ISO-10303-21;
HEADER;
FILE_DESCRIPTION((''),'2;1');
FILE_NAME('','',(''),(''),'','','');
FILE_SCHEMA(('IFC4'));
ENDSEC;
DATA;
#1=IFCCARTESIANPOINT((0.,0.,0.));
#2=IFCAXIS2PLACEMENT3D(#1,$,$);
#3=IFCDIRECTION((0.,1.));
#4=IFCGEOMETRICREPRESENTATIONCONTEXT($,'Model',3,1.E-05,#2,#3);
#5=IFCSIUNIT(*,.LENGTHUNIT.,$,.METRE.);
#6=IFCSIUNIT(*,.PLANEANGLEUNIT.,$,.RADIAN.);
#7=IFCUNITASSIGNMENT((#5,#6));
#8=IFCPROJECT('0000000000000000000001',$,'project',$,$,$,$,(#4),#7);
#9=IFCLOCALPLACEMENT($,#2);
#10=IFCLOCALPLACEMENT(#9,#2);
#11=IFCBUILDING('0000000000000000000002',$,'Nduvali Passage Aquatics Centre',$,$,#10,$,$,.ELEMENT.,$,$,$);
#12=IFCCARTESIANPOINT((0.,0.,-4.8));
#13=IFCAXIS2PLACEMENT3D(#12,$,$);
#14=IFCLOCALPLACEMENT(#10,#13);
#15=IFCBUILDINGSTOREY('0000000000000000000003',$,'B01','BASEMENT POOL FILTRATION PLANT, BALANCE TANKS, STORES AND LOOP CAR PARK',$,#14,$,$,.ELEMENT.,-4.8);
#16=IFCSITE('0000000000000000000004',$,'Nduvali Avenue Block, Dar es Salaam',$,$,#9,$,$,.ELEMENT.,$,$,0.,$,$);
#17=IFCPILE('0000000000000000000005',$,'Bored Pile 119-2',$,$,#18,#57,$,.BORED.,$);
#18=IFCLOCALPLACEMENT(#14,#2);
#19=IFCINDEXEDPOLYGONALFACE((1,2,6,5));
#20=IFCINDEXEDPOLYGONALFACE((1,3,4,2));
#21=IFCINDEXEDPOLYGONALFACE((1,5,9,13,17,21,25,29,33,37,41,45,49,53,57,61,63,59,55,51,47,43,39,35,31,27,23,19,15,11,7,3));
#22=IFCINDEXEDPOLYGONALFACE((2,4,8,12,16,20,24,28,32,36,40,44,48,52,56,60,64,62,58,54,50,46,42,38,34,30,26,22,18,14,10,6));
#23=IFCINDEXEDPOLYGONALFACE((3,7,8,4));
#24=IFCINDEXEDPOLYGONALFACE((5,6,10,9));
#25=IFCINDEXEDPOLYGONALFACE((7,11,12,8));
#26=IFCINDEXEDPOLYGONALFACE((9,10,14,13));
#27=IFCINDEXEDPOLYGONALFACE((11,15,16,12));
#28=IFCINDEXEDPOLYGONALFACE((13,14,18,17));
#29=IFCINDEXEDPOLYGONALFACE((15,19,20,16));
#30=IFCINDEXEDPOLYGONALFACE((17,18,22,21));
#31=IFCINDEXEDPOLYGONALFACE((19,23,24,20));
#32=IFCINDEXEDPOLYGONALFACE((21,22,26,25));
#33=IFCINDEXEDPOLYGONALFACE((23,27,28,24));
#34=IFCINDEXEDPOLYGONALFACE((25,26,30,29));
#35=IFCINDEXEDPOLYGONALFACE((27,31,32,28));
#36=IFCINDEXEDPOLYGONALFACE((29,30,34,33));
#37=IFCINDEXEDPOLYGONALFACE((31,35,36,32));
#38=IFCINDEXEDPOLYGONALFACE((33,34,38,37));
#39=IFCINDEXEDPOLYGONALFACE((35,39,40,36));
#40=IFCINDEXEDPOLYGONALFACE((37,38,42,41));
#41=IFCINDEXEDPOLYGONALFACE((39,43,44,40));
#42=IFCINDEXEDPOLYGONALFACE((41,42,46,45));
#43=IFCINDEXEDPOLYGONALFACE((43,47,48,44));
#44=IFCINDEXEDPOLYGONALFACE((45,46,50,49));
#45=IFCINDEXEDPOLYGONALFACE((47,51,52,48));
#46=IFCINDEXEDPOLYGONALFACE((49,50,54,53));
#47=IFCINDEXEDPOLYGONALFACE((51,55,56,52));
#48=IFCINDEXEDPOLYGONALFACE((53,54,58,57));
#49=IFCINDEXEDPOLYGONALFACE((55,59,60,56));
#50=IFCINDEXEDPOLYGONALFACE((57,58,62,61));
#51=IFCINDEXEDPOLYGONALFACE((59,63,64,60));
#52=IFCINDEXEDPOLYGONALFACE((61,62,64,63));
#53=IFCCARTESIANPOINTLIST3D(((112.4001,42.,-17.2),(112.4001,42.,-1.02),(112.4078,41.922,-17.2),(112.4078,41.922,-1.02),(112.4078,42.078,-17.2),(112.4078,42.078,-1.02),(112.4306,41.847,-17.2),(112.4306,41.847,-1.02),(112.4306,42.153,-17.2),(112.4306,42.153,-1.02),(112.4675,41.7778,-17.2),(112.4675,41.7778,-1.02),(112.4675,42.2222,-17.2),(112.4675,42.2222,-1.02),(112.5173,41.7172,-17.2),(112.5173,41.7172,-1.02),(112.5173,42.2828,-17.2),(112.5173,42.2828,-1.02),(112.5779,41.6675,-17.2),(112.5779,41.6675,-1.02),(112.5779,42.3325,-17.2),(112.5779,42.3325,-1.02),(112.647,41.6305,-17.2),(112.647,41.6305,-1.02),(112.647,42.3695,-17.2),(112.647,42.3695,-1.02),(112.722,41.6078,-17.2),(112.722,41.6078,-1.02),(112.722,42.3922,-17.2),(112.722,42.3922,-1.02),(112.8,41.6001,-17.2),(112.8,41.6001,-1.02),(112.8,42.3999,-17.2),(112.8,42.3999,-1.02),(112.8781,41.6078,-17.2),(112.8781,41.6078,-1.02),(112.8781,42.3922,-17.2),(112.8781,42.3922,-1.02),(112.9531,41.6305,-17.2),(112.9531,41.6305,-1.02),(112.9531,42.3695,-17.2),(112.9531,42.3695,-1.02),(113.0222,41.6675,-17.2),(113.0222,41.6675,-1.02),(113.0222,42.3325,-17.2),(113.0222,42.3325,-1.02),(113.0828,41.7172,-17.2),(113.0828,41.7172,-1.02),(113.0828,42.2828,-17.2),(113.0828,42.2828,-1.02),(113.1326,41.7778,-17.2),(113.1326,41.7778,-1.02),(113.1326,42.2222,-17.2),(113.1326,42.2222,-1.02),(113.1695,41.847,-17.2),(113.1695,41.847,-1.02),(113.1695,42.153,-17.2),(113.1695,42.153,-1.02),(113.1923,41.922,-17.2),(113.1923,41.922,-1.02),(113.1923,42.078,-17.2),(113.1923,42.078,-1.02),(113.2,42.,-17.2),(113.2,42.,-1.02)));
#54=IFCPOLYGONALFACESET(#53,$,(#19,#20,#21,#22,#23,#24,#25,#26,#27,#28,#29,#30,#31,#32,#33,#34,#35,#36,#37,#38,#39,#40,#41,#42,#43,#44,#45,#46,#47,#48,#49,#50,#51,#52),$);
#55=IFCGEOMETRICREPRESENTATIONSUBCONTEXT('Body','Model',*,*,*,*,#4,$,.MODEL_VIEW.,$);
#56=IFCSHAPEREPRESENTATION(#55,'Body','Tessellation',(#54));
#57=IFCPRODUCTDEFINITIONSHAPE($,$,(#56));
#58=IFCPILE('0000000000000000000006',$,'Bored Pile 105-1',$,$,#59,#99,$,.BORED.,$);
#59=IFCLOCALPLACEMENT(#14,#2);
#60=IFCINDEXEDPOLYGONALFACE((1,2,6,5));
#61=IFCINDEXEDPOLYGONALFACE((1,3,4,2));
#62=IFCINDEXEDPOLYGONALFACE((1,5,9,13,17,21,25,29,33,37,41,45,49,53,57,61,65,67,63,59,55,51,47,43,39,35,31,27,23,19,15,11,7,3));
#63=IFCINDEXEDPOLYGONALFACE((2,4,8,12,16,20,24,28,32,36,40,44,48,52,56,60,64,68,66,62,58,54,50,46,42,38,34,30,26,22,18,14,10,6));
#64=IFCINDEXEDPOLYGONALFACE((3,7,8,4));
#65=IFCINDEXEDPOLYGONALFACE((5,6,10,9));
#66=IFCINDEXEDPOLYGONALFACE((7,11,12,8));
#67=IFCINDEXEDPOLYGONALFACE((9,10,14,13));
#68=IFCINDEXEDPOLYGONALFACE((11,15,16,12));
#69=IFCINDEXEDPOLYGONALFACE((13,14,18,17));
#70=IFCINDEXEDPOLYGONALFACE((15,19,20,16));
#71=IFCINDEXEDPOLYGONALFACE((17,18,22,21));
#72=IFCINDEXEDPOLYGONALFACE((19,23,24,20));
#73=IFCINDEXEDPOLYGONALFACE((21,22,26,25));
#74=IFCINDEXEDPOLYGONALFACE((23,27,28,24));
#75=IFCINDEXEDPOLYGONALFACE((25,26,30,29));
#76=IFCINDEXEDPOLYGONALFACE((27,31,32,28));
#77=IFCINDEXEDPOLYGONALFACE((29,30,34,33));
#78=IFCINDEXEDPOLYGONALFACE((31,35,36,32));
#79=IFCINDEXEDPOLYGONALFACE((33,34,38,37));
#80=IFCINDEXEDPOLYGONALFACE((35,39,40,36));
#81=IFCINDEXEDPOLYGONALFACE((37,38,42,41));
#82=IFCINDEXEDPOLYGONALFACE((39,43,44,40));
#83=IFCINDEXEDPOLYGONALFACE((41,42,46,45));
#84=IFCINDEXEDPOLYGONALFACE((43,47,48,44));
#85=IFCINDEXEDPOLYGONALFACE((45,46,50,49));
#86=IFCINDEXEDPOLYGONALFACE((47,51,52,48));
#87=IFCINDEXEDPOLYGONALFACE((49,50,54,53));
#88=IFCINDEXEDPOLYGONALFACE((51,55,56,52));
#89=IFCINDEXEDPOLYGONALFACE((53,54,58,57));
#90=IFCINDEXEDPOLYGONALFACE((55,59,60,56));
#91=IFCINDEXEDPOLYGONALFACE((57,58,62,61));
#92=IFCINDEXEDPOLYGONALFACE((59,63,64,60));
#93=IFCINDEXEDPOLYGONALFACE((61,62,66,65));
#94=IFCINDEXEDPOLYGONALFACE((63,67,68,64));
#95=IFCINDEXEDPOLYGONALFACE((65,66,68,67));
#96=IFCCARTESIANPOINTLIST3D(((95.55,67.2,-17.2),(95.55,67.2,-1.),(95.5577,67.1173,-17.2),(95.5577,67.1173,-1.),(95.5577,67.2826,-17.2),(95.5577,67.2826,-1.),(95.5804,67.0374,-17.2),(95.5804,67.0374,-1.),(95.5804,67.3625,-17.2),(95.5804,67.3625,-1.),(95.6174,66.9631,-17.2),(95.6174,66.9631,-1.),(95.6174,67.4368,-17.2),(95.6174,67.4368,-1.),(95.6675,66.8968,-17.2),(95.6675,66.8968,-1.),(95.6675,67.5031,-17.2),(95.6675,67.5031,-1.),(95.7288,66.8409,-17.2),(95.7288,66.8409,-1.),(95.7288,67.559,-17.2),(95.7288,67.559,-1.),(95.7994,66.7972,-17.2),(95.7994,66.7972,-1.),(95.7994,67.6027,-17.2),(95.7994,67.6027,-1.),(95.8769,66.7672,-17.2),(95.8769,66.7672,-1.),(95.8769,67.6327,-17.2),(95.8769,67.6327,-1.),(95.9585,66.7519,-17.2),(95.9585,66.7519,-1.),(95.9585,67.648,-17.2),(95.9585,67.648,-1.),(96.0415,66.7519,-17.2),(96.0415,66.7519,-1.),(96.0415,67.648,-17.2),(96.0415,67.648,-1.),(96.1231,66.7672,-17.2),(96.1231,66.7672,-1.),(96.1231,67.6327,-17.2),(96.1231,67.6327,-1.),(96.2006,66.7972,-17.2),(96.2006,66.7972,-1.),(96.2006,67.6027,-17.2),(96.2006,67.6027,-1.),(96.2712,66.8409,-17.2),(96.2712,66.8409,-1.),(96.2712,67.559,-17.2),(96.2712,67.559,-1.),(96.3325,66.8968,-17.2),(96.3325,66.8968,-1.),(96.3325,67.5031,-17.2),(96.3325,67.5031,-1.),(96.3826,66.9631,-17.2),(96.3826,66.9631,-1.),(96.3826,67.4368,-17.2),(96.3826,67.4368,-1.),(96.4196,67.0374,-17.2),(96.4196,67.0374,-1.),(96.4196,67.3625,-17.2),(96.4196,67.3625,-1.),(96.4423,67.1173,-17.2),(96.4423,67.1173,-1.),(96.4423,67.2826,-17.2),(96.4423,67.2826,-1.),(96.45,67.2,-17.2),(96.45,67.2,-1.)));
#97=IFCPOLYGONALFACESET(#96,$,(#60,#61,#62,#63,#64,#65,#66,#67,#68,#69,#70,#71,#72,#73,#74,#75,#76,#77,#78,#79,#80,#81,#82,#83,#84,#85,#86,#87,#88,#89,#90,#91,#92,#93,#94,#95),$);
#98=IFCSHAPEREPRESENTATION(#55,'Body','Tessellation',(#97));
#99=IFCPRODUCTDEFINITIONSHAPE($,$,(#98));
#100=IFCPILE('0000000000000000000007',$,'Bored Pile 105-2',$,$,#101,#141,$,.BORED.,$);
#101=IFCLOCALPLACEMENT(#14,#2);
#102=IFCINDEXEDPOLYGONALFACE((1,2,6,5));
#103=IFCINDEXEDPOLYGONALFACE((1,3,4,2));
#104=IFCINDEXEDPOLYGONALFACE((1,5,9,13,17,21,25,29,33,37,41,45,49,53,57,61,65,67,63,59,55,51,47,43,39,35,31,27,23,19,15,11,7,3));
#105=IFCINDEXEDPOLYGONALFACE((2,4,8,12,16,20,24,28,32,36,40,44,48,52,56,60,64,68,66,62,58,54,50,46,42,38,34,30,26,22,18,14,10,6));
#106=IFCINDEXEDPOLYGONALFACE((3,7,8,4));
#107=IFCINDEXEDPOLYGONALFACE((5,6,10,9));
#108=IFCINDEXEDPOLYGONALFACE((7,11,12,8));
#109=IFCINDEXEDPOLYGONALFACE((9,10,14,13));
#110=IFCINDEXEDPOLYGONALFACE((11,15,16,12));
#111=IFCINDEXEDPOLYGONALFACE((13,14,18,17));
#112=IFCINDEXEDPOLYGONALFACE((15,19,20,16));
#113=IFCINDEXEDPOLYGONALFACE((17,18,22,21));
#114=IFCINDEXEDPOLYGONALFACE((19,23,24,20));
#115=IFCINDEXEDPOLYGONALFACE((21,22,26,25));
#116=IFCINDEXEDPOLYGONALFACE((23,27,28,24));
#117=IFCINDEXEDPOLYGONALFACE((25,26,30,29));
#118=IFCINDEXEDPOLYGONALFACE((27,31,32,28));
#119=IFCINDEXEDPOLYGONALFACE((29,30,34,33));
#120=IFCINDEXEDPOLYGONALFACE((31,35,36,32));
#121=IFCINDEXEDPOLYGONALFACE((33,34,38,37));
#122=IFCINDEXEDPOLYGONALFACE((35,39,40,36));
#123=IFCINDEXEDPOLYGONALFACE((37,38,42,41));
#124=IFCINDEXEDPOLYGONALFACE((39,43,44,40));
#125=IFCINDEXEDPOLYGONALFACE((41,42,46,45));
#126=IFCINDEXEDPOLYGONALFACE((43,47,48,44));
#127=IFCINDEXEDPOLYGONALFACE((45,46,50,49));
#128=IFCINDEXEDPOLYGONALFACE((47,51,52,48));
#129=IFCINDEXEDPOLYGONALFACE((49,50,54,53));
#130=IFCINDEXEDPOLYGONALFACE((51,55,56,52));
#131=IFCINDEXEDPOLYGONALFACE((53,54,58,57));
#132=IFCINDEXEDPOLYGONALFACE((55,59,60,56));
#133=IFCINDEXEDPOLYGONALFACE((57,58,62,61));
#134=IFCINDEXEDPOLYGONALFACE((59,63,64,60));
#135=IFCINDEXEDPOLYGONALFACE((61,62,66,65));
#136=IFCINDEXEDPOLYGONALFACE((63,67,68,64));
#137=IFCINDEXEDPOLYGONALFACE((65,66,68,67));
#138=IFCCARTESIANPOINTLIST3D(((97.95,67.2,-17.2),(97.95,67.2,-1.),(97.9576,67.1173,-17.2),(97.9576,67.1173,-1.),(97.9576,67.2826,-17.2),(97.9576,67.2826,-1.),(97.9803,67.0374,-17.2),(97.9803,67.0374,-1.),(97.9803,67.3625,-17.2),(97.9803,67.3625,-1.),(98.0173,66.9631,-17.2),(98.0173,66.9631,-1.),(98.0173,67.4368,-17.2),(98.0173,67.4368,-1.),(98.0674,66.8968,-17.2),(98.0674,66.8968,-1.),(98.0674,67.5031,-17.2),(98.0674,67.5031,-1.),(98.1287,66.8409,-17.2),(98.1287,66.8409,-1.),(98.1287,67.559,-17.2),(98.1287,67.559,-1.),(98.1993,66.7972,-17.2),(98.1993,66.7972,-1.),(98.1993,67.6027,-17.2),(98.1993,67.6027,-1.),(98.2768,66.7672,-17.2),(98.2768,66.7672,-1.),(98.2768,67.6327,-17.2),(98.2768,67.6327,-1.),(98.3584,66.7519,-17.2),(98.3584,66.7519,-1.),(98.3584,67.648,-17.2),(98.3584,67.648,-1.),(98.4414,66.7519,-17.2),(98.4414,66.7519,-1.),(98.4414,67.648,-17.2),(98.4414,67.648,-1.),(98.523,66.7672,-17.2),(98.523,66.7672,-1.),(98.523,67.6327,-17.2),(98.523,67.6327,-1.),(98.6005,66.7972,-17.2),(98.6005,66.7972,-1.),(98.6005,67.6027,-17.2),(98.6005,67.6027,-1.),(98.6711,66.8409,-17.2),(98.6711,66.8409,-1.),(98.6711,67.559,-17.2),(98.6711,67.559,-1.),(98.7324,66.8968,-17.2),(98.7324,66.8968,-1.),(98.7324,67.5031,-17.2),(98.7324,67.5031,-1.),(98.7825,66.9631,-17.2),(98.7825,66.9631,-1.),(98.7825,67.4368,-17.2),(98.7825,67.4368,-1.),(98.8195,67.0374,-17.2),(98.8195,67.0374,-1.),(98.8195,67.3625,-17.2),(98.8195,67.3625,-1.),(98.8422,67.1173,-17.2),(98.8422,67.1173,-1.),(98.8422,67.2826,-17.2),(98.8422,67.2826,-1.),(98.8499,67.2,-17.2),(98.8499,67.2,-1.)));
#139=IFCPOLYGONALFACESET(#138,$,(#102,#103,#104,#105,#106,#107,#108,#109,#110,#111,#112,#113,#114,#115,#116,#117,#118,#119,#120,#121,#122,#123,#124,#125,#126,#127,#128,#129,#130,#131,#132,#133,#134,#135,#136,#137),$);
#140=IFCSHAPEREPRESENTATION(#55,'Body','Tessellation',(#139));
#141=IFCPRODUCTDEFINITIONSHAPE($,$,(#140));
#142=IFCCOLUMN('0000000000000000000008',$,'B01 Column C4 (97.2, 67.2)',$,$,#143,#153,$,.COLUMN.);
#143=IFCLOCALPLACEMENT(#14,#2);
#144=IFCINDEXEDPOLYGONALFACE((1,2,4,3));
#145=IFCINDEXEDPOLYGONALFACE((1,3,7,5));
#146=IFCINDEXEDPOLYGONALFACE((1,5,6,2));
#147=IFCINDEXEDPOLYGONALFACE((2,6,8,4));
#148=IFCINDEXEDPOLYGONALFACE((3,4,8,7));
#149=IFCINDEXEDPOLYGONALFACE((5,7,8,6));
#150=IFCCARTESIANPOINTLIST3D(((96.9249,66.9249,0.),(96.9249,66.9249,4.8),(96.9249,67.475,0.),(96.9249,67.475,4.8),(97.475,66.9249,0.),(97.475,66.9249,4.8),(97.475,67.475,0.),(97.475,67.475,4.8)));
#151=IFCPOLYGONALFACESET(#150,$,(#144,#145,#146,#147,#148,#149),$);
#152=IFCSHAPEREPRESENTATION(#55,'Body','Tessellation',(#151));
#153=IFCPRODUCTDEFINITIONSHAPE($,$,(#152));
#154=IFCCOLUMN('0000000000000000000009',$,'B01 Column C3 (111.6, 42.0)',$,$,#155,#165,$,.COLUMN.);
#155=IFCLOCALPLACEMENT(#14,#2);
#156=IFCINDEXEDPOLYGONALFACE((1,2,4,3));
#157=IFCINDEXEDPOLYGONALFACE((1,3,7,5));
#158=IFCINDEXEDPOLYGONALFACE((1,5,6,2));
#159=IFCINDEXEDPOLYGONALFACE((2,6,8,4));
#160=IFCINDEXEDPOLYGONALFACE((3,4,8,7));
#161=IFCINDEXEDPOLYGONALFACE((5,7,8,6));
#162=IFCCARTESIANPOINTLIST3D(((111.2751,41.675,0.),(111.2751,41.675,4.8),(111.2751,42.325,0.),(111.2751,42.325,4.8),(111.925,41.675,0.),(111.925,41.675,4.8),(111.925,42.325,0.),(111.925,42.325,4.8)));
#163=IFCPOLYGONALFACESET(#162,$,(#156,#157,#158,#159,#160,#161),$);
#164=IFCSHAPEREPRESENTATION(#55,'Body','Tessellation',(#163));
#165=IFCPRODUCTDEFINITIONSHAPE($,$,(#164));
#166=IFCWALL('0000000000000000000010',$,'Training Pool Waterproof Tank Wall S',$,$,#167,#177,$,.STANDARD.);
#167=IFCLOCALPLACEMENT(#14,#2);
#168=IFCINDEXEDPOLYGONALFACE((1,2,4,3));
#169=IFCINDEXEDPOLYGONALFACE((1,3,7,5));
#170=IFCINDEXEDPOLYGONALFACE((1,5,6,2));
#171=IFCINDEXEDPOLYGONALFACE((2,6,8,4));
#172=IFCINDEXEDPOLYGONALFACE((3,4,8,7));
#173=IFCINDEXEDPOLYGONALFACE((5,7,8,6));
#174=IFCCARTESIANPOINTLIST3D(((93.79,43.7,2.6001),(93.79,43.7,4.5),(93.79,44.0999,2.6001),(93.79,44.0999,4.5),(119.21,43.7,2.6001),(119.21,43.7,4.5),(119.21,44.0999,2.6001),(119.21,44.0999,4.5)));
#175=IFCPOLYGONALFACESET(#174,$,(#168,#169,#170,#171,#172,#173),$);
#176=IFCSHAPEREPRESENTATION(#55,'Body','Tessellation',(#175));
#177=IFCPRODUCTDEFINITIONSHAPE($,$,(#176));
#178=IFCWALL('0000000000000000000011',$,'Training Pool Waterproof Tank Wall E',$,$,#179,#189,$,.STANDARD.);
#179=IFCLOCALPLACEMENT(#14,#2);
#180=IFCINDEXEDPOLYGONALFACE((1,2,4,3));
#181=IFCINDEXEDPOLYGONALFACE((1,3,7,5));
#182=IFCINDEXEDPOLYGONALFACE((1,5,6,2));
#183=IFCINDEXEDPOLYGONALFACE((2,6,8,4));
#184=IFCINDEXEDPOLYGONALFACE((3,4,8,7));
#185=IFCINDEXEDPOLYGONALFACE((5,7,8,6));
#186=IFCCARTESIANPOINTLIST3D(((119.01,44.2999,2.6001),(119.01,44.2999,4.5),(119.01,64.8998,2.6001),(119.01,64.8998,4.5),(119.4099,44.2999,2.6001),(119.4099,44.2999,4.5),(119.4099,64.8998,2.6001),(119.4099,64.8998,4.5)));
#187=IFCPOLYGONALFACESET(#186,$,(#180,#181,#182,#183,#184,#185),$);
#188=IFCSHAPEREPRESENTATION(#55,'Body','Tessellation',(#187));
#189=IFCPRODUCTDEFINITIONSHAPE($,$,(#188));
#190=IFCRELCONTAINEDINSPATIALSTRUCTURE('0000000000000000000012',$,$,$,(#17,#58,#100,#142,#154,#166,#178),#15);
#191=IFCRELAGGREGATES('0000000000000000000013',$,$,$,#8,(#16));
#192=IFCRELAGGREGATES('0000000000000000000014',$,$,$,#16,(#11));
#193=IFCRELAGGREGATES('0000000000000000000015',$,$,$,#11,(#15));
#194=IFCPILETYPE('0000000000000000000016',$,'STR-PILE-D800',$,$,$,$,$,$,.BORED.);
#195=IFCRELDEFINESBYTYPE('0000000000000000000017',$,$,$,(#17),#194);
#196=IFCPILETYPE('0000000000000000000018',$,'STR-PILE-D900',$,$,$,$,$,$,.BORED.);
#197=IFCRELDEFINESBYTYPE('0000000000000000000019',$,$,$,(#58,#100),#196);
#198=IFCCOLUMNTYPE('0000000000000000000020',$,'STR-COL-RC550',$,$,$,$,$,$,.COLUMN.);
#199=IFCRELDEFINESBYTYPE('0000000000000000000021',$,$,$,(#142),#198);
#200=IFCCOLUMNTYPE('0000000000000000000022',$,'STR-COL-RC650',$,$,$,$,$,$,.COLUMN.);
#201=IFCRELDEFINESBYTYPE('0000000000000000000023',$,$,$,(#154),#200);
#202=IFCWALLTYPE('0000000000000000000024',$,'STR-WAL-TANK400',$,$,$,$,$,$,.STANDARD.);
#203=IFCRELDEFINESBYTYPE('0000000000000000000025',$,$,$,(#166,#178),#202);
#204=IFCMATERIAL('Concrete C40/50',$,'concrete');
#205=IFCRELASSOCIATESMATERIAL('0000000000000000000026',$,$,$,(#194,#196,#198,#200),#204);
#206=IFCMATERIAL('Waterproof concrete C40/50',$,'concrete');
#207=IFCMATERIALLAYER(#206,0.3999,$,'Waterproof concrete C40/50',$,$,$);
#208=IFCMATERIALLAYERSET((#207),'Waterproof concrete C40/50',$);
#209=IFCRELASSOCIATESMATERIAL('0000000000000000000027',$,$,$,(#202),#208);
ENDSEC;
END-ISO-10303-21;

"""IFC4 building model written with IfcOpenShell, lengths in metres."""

from ifc_helpers import new_model, si_unit, direction, frame, frame_2d, origin, origin_2d, place, context, subcontext, project, spatial, rectangle, circle, extrude, material, layer, layer_set, material_profile, profile_set, type_object, element, save


model = new_model("IFC4")

# Units and contexts
model_context = context("Model", 3, precision=1e-05, world=origin(), true_north=direction((0.0, 1.0)))
body_context = subcontext(model_context, "Body", "Model", "MODEL_VIEW")
ifc_project = project(units=[si_unit("LENGTHUNIT", "METRE"), si_unit("PLANEANGLEUNIT", "RADIAN")], contexts=[model_context])

# Site, building, storey
site_placement = place(None, origin())
site = spatial("IfcSite", under=ifc_project, at=site_placement, Name="Nduvali Avenue Block, Dar es Salaam", CompositionType="ELEMENT", RefElevation=0.0)
building_placement = place(site_placement, origin())
building = spatial("IfcBuilding", under=site, at=building_placement, Name="Nduvali Passage Aquatics Centre", CompositionType="ELEMENT")
storey_placement = place(building_placement, frame((0.0, 0.0, -4.8)))
storey = spatial("IfcBuildingStorey", under=building, at=storey_placement, Name="B01", Description="BASEMENT POOL FILTRATION PLANT, BALANCE TANKS, STORES AND LOOP CAR PARK", CompositionType="ELEMENT", Elevation=-4.8)

# Shared definitions
ifc_material_1 = material(Name="Concrete C40/50", Category="concrete")

# Piles
ifc_material_profile_1 = material_profile(ifc_material_1, circle(Radius=0.3999, at=origin_2d()), Name="PILE D800")
ifc_profile_set_1 = profile_set([ifc_material_profile_1], Name="Concrete C40/50")
pile_type_1 = type_object("IfcPileType", Name="STR-PILE-D800", PredefinedType="BORED", material=ifc_profile_set_1)
for number, where, z_axis, x_axis, name in (
    (1, (112.8, 42.0, -1.02), (0.0, 0.0, -1.0), (1.0, 0.0, 0.0), "Bored Pile 119-2"),
):
    element("IfcPile", number, at=place(storey_placement, frame(where, z_axis=z_axis, x_axis=x_axis)), inside=storey, type_object=pile_type_1, Name=name, PredefinedType="BORED", context=body_context, shape_type="SweptSolid", body=[
        extrude(circle(Radius=0.3999, at=origin_2d()), origin(), (0.0, 0.0, 1.0), 16.1799),
    ])
ifc_material_profile_2 = material_profile(ifc_material_1, circle(Radius=0.45, at=origin_2d()), Name="PILE D900")
ifc_profile_set_2 = profile_set([ifc_material_profile_2], Name="Concrete C40/50")
pile_type_2 = type_object("IfcPileType", Name="STR-PILE-D900", PredefinedType="BORED", material=ifc_profile_set_2)
for number, where, z_axis, x_axis, name in (
    (2, (96.0, 67.2, -1.0), (0.0, 0.0, -1.0), (1.0, 0.0, 0.0), "Bored Pile 105-1"),
    (3, (98.3999, 67.2, -1.0), (0.0, 0.0, -1.0), (1.0, 0.0, 0.0), "Bored Pile 105-2"),
):
    element("IfcPile", number, at=place(storey_placement, frame(where, z_axis=z_axis, x_axis=x_axis)), inside=storey, type_object=pile_type_2, Name=name, PredefinedType="BORED", context=body_context, shape_type="SweptSolid", body=[
        extrude(circle(Radius=0.45, at=origin_2d()), origin(), (0.0, 0.0, 1.0), 16.2),
    ])

# Columns
ifc_material_profile_3 = material_profile(ifc_material_1, rectangle(XDim=0.55, YDim=0.55, at=origin_2d()), Name="RC 550x550")
ifc_profile_set_3 = profile_set([ifc_material_profile_3], Name="Concrete C40/50")
column_type_1 = type_object("IfcColumnType", Name="STR-COL-RC550", PredefinedType="COLUMN", material=ifc_profile_set_3)
column_1_placement = place(storey_placement, frame((97.2, 67.2, 0.0), z_axis=(0.0, 0.0, 1.0), x_axis=(1.0, 0.0, 0.0)))
element("IfcColumn", 4, at=column_1_placement, inside=storey, type_object=column_type_1, Name="B01 Column C4 (97.2, 67.2)", PredefinedType="COLUMN", context=body_context, shape_type="SweptSolid", body=[
    extrude(rectangle(XDim=0.55, YDim=0.55, at=origin_2d()), origin(), (0.0, 0.0, 1.0), 4.8),
])
ifc_material_profile_4 = material_profile(ifc_material_1, rectangle(XDim=0.6499, YDim=0.6499, at=origin_2d()), Name="RC 650x650")
ifc_profile_set_4 = profile_set([ifc_material_profile_4], Name="Concrete C40/50")
column_type_2 = type_object("IfcColumnType", Name="STR-COL-RC650", PredefinedType="COLUMN", material=ifc_profile_set_4)
column_2_placement = place(storey_placement, frame((111.6001, 42.0, 0.0), z_axis=(0.0, 0.0, 1.0), x_axis=(1.0, 0.0, 0.0)))
element("IfcColumn", 5, at=column_2_placement, inside=storey, type_object=column_type_2, Name="B01 Column C3 (111.6, 42.0)", PredefinedType="COLUMN", context=body_context, shape_type="SweptSolid", body=[
    extrude(rectangle(XDim=0.6499, YDim=0.6499, at=origin_2d()), origin(), (0.0, 0.0, 1.0), 4.8),
])

# Walls
ifc_material_2 = material(Name="Waterproof concrete C40/50", Category="concrete")
ifc_layer = layer(ifc_material_2, 0.3999, Name="Waterproof concrete C40/50")
ifc_layer_set = layer_set([ifc_layer], Name="Waterproof concrete C40/50")
wall_type = type_object("IfcWallType", Name="STR-WAL-TANK400", PredefinedType="STANDARD", material=ifc_layer_set)
wall_1_placement = place(storey_placement, frame((93.79, 43.8999, 2.6001), z_axis=(0.0, 0.0, 1.0), x_axis=(1.0, 0.0, 0.0)))
element("IfcWall", 6, at=wall_1_placement, inside=storey, type_object=wall_type, Name="Training Pool Waterproof Tank Wall S", PredefinedType="STANDARD", context=body_context, shape_type="SweptSolid", body=[
    extrude(rectangle(XDim=25.4199, YDim=0.3999, at=frame_2d((12.71, 0.0))), origin(), (0.0, 0.0, 1.0), 1.8999),
])
wall_2_placement = place(storey_placement, frame((119.21, 44.3, 2.6001), z_axis=(0.0, 0.0, 1.0), x_axis=(0.0, 1.0, 0.0)))
element("IfcWall", 7, at=wall_2_placement, inside=storey, type_object=wall_type, Name="Training Pool Waterproof Tank Wall E", PredefinedType="STANDARD", context=body_context, shape_type="SweptSolid", body=[
    extrude(rectangle(XDim=20.5999, YDim=0.3999, at=frame_2d((10.2998, 0.0))), origin(), (0.0, 0.0, 1.0), 1.8999),
])

save(model, "model.ifc")
